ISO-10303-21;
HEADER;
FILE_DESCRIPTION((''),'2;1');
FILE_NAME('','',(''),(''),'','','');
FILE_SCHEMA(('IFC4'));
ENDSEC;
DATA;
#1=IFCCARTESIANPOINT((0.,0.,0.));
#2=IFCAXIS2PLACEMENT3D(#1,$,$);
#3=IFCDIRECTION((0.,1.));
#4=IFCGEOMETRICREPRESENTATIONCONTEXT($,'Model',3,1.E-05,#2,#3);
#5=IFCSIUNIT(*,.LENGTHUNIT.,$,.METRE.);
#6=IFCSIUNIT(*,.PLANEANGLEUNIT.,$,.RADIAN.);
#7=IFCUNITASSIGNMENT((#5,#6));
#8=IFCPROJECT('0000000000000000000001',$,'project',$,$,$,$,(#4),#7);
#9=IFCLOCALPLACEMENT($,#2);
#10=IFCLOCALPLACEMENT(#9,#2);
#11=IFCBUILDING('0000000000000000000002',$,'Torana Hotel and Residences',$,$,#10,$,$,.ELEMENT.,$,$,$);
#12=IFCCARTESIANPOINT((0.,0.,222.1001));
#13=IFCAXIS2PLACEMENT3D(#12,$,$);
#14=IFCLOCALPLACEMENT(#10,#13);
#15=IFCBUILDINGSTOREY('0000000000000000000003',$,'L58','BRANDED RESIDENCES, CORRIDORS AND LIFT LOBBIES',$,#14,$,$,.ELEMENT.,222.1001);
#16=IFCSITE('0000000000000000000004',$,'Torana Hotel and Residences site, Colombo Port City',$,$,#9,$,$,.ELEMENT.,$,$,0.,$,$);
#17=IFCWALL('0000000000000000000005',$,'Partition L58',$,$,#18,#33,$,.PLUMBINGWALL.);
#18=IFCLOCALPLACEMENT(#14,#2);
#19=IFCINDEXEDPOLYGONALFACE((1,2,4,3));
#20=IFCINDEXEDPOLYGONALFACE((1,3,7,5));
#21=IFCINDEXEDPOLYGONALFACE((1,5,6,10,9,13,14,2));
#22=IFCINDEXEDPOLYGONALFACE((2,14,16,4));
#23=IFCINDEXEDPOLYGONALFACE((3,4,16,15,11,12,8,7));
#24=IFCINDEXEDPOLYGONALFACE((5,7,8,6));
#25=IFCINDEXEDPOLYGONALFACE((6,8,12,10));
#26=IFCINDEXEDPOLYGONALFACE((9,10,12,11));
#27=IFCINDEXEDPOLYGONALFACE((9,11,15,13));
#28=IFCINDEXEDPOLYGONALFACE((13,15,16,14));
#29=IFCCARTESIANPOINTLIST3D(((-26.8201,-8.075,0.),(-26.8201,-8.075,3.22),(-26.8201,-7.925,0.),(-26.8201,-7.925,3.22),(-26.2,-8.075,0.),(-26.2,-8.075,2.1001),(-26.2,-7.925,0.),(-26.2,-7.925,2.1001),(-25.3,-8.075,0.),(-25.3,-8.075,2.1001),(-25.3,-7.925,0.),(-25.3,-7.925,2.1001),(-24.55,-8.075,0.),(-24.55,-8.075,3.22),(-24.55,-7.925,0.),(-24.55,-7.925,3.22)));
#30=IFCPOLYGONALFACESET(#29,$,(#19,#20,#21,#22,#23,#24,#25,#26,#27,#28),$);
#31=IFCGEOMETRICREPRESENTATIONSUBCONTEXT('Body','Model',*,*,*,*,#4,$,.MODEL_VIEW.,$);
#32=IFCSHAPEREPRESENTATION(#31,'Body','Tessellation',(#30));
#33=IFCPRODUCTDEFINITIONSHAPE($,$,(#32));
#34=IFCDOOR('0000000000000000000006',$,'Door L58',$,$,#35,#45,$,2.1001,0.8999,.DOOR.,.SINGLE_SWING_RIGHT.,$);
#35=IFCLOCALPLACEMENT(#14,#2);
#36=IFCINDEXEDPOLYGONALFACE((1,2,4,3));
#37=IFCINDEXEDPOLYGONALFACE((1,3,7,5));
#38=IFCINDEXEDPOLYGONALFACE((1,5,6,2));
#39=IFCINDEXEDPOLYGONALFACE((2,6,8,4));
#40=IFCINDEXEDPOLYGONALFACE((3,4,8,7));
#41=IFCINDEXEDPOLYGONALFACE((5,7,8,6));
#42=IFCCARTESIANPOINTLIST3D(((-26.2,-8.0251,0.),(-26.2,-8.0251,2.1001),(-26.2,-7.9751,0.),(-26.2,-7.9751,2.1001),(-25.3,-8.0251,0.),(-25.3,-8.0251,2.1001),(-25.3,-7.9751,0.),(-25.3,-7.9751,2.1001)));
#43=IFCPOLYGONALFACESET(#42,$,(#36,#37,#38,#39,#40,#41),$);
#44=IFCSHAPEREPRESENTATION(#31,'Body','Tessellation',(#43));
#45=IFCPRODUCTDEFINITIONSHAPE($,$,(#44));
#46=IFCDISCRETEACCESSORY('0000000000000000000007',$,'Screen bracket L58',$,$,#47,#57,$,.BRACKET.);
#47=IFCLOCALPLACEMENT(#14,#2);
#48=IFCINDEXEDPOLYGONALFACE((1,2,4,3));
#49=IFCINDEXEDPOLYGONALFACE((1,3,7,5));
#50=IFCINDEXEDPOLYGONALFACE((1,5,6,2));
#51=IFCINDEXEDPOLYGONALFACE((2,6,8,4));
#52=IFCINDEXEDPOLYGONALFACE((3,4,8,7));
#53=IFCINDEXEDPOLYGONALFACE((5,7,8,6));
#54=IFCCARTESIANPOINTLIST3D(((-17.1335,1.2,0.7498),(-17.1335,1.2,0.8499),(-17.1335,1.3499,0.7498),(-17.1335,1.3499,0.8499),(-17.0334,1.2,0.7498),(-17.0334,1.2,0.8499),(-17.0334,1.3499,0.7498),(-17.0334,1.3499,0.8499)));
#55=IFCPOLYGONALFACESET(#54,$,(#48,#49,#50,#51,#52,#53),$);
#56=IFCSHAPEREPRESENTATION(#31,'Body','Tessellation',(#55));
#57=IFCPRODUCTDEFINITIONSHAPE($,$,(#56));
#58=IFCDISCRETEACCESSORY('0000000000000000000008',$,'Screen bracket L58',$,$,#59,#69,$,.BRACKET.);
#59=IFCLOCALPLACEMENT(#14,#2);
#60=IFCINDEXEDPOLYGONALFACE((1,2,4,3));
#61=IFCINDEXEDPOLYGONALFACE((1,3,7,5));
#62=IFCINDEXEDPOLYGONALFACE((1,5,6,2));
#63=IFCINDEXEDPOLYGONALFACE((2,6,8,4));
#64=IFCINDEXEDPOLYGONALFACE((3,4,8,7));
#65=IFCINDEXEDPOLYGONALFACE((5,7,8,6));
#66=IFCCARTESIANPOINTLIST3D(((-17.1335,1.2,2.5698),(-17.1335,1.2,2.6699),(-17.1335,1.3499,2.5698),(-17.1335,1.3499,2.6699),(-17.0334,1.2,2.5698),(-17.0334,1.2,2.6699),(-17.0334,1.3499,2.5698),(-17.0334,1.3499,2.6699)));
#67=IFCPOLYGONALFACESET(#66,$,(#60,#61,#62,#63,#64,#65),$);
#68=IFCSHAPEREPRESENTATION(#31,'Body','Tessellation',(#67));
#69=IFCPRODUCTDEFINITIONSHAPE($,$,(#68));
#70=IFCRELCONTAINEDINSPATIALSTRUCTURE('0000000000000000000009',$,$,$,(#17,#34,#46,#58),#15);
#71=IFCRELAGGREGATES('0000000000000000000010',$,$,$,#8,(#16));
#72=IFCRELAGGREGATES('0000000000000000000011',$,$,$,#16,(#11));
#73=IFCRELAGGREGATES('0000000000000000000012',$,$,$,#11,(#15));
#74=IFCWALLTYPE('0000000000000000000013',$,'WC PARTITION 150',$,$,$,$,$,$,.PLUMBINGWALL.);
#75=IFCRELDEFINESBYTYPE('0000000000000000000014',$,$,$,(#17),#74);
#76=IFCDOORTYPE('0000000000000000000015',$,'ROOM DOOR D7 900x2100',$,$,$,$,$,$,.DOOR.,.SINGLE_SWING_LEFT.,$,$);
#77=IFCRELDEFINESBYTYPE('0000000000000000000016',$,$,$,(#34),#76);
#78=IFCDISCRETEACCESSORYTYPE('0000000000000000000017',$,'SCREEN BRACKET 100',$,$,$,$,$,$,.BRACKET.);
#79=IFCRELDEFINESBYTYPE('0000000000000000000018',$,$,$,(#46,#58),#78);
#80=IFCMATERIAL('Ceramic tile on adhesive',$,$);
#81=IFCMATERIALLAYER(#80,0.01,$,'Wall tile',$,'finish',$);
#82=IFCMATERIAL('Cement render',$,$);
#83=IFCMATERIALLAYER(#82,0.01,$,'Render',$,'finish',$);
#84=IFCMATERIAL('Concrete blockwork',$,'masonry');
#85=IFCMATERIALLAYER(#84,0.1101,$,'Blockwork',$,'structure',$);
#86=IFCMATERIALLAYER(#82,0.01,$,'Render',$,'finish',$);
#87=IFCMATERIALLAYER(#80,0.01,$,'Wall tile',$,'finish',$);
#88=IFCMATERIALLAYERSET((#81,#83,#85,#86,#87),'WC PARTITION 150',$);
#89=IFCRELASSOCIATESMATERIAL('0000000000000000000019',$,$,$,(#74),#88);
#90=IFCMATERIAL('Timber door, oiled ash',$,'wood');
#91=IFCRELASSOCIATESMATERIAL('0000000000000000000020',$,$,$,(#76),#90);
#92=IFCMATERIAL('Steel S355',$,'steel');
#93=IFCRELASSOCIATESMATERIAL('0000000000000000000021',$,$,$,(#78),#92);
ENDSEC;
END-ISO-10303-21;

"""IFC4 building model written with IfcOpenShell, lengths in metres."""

from ifc_helpers import new_model, si_unit, direction, frame, frame_2d, origin, origin_2d, place, context, subcontext, project, spatial, rectangle, extrude, material, layer, layer_set, type_object, element, fill, save


model = new_model("IFC4")

# Units and contexts
model_context = context("Model", 3, precision=1e-05, world=origin(), true_north=direction((0.0, 1.0)))
body_context = subcontext(model_context, "Body", "Model", "MODEL_VIEW")
ifc_project = project(units=[si_unit("LENGTHUNIT", "METRE"), si_unit("PLANEANGLEUNIT", "RADIAN")], contexts=[model_context])

# Site, building, storey
site_placement = place(None, origin())
site = spatial("IfcSite", under=ifc_project, at=site_placement, Name="Torana Hotel and Residences site, Colombo Port City", CompositionType="ELEMENT", RefElevation=0.0)
building_placement = place(site_placement, origin())
building = spatial("IfcBuilding", under=site, at=building_placement, Name="Torana Hotel and Residences", CompositionType="ELEMENT")
storey_placement = place(building_placement, frame((0.0, 0.0, 222.1001)))
storey = spatial("IfcBuildingStorey", under=building, at=storey_placement, Name="L58", Description="BRANDED RESIDENCES, CORRIDORS AND LIFT LOBBIES", CompositionType="ELEMENT", Elevation=222.1001)

# Wall, opening, door
ifc_material_1 = material(Name="Ceramic tile on adhesive")
ifc_layer_1 = layer(ifc_material_1, 0.01, Name="Wall tile", Category="finish")
ifc_material_2 = material(Name="Cement render")
ifc_layer_2 = layer(ifc_material_2, 0.01, Name="Render", Category="finish")
ifc_material_3 = material(Name="Concrete blockwork", Category="masonry")
ifc_layer_3 = layer(ifc_material_3, 0.1101, Name="Blockwork", Category="structure")
ifc_layer_4 = layer(ifc_material_2, 0.01, Name="Render", Category="finish")
ifc_layer_5 = layer(ifc_material_1, 0.01, Name="Wall tile", Category="finish")
ifc_layer_set_1 = layer_set([ifc_layer_1, ifc_layer_2, ifc_layer_3, ifc_layer_4, ifc_layer_5], Name="WC PARTITION 150")
wall_type_1 = type_object("IfcWallType", Name="WC PARTITION 150", PredefinedType="PLUMBINGWALL", material=ifc_layer_set_1)
wall_1_placement = place(storey_placement, frame((-26.8201, -8.0, 0.0), z_axis=(0.0, 0.0, 1.0), x_axis=(1.0, 0.0, 0.0)))
wall_1 = element("IfcWall", 1, at=wall_1_placement, inside=storey, type_object=wall_type_1, Name="Partition L58", PredefinedType="PLUMBINGWALL", context=body_context, shape_type="SweptSolid", body=[
    extrude(rectangle(XDim=2.27, YDim=0.1499, at=frame_2d((1.135, 0.0))), origin(), (0.0, 0.0, 1.0), 3.22),
])
opening_1_placement = place(wall_1_placement, frame((0.6201, 0.0, 0.0)))
opening_1 = element("IfcOpeningElement", 2, at=opening_1_placement, cuts=wall_1, PredefinedType="OPENING", context=body_context, shape_type="SweptSolid", body=[
    extrude(rectangle(XDim=0.8999, YDim=2.1001, at=frame_2d((0.45, 1.05))), frame((0.0, 0.085, 0.0), z_axis=(0.0, -1.0, 0.0), x_axis=(1.0, 0.0, 0.0)), (0.0, 0.0, 1.0), 0.1699),
])
ifc_material_4 = material(Name="Timber door, oiled ash", Category="wood")
door_type_1 = type_object("IfcDoorType", Name="ROOM DOOR D7 900x2100", OperationType="SINGLE_SWING_LEFT", PredefinedType="DOOR", material=ifc_material_4)
door_1_placement = place(opening_1_placement, origin())
door_1 = element("IfcDoor", 3, at=door_1_placement, inside=storey, type_object=door_type_1, Name="Door L58", OperationType="SINGLE_SWING_RIGHT", OverallHeight=2.1001, OverallWidth=0.8999, PredefinedType="DOOR", context=body_context, shape_type="SweptSolid", body=[
    extrude(rectangle(XDim=0.8999, YDim=2.1001, at=frame_2d((0.45, 1.05))), frame((0.0, 0.0249, 0.0), z_axis=(0.0, -1.0, 0.0), x_axis=(1.0, 0.0, 0.0)), (0.0, 0.0, 1.0), 0.05),
])
fill(opening_1, door_1)

# Discrete accessories
ifc_material_5 = material(Name="Steel S355", Category="steel")
discrete_accessory_type = type_object("IfcDiscreteAccessoryType", Name="SCREEN BRACKET 100", PredefinedType="BRACKET", material=ifc_material_5)
for number, where, z_axis, x_axis, name in (
    (4, (-17.0835, 1.2749, 0.7498), (0.0, 0.0, 1.0), (-1.0, 0.0, 0.0), "Screen bracket L58"),
    (5, (-17.0835, 1.2749, 2.5698), (0.0, 0.0, 1.0), (-1.0, 0.0, 0.0), "Screen bracket L58"),
):
    element("IfcDiscreteAccessory", number, at=place(storey_placement, frame(where, z_axis=z_axis, x_axis=x_axis)), inside=storey, type_object=discrete_accessory_type, Name=name, PredefinedType="BRACKET", context=body_context, shape_type="SweptSolid", body=[
        extrude(rectangle(XDim=0.1001, YDim=0.1499, at=origin_2d()), origin(), (0.0, 0.0, 1.0), 0.1001),
    ])

save(model, "model.ifc")
